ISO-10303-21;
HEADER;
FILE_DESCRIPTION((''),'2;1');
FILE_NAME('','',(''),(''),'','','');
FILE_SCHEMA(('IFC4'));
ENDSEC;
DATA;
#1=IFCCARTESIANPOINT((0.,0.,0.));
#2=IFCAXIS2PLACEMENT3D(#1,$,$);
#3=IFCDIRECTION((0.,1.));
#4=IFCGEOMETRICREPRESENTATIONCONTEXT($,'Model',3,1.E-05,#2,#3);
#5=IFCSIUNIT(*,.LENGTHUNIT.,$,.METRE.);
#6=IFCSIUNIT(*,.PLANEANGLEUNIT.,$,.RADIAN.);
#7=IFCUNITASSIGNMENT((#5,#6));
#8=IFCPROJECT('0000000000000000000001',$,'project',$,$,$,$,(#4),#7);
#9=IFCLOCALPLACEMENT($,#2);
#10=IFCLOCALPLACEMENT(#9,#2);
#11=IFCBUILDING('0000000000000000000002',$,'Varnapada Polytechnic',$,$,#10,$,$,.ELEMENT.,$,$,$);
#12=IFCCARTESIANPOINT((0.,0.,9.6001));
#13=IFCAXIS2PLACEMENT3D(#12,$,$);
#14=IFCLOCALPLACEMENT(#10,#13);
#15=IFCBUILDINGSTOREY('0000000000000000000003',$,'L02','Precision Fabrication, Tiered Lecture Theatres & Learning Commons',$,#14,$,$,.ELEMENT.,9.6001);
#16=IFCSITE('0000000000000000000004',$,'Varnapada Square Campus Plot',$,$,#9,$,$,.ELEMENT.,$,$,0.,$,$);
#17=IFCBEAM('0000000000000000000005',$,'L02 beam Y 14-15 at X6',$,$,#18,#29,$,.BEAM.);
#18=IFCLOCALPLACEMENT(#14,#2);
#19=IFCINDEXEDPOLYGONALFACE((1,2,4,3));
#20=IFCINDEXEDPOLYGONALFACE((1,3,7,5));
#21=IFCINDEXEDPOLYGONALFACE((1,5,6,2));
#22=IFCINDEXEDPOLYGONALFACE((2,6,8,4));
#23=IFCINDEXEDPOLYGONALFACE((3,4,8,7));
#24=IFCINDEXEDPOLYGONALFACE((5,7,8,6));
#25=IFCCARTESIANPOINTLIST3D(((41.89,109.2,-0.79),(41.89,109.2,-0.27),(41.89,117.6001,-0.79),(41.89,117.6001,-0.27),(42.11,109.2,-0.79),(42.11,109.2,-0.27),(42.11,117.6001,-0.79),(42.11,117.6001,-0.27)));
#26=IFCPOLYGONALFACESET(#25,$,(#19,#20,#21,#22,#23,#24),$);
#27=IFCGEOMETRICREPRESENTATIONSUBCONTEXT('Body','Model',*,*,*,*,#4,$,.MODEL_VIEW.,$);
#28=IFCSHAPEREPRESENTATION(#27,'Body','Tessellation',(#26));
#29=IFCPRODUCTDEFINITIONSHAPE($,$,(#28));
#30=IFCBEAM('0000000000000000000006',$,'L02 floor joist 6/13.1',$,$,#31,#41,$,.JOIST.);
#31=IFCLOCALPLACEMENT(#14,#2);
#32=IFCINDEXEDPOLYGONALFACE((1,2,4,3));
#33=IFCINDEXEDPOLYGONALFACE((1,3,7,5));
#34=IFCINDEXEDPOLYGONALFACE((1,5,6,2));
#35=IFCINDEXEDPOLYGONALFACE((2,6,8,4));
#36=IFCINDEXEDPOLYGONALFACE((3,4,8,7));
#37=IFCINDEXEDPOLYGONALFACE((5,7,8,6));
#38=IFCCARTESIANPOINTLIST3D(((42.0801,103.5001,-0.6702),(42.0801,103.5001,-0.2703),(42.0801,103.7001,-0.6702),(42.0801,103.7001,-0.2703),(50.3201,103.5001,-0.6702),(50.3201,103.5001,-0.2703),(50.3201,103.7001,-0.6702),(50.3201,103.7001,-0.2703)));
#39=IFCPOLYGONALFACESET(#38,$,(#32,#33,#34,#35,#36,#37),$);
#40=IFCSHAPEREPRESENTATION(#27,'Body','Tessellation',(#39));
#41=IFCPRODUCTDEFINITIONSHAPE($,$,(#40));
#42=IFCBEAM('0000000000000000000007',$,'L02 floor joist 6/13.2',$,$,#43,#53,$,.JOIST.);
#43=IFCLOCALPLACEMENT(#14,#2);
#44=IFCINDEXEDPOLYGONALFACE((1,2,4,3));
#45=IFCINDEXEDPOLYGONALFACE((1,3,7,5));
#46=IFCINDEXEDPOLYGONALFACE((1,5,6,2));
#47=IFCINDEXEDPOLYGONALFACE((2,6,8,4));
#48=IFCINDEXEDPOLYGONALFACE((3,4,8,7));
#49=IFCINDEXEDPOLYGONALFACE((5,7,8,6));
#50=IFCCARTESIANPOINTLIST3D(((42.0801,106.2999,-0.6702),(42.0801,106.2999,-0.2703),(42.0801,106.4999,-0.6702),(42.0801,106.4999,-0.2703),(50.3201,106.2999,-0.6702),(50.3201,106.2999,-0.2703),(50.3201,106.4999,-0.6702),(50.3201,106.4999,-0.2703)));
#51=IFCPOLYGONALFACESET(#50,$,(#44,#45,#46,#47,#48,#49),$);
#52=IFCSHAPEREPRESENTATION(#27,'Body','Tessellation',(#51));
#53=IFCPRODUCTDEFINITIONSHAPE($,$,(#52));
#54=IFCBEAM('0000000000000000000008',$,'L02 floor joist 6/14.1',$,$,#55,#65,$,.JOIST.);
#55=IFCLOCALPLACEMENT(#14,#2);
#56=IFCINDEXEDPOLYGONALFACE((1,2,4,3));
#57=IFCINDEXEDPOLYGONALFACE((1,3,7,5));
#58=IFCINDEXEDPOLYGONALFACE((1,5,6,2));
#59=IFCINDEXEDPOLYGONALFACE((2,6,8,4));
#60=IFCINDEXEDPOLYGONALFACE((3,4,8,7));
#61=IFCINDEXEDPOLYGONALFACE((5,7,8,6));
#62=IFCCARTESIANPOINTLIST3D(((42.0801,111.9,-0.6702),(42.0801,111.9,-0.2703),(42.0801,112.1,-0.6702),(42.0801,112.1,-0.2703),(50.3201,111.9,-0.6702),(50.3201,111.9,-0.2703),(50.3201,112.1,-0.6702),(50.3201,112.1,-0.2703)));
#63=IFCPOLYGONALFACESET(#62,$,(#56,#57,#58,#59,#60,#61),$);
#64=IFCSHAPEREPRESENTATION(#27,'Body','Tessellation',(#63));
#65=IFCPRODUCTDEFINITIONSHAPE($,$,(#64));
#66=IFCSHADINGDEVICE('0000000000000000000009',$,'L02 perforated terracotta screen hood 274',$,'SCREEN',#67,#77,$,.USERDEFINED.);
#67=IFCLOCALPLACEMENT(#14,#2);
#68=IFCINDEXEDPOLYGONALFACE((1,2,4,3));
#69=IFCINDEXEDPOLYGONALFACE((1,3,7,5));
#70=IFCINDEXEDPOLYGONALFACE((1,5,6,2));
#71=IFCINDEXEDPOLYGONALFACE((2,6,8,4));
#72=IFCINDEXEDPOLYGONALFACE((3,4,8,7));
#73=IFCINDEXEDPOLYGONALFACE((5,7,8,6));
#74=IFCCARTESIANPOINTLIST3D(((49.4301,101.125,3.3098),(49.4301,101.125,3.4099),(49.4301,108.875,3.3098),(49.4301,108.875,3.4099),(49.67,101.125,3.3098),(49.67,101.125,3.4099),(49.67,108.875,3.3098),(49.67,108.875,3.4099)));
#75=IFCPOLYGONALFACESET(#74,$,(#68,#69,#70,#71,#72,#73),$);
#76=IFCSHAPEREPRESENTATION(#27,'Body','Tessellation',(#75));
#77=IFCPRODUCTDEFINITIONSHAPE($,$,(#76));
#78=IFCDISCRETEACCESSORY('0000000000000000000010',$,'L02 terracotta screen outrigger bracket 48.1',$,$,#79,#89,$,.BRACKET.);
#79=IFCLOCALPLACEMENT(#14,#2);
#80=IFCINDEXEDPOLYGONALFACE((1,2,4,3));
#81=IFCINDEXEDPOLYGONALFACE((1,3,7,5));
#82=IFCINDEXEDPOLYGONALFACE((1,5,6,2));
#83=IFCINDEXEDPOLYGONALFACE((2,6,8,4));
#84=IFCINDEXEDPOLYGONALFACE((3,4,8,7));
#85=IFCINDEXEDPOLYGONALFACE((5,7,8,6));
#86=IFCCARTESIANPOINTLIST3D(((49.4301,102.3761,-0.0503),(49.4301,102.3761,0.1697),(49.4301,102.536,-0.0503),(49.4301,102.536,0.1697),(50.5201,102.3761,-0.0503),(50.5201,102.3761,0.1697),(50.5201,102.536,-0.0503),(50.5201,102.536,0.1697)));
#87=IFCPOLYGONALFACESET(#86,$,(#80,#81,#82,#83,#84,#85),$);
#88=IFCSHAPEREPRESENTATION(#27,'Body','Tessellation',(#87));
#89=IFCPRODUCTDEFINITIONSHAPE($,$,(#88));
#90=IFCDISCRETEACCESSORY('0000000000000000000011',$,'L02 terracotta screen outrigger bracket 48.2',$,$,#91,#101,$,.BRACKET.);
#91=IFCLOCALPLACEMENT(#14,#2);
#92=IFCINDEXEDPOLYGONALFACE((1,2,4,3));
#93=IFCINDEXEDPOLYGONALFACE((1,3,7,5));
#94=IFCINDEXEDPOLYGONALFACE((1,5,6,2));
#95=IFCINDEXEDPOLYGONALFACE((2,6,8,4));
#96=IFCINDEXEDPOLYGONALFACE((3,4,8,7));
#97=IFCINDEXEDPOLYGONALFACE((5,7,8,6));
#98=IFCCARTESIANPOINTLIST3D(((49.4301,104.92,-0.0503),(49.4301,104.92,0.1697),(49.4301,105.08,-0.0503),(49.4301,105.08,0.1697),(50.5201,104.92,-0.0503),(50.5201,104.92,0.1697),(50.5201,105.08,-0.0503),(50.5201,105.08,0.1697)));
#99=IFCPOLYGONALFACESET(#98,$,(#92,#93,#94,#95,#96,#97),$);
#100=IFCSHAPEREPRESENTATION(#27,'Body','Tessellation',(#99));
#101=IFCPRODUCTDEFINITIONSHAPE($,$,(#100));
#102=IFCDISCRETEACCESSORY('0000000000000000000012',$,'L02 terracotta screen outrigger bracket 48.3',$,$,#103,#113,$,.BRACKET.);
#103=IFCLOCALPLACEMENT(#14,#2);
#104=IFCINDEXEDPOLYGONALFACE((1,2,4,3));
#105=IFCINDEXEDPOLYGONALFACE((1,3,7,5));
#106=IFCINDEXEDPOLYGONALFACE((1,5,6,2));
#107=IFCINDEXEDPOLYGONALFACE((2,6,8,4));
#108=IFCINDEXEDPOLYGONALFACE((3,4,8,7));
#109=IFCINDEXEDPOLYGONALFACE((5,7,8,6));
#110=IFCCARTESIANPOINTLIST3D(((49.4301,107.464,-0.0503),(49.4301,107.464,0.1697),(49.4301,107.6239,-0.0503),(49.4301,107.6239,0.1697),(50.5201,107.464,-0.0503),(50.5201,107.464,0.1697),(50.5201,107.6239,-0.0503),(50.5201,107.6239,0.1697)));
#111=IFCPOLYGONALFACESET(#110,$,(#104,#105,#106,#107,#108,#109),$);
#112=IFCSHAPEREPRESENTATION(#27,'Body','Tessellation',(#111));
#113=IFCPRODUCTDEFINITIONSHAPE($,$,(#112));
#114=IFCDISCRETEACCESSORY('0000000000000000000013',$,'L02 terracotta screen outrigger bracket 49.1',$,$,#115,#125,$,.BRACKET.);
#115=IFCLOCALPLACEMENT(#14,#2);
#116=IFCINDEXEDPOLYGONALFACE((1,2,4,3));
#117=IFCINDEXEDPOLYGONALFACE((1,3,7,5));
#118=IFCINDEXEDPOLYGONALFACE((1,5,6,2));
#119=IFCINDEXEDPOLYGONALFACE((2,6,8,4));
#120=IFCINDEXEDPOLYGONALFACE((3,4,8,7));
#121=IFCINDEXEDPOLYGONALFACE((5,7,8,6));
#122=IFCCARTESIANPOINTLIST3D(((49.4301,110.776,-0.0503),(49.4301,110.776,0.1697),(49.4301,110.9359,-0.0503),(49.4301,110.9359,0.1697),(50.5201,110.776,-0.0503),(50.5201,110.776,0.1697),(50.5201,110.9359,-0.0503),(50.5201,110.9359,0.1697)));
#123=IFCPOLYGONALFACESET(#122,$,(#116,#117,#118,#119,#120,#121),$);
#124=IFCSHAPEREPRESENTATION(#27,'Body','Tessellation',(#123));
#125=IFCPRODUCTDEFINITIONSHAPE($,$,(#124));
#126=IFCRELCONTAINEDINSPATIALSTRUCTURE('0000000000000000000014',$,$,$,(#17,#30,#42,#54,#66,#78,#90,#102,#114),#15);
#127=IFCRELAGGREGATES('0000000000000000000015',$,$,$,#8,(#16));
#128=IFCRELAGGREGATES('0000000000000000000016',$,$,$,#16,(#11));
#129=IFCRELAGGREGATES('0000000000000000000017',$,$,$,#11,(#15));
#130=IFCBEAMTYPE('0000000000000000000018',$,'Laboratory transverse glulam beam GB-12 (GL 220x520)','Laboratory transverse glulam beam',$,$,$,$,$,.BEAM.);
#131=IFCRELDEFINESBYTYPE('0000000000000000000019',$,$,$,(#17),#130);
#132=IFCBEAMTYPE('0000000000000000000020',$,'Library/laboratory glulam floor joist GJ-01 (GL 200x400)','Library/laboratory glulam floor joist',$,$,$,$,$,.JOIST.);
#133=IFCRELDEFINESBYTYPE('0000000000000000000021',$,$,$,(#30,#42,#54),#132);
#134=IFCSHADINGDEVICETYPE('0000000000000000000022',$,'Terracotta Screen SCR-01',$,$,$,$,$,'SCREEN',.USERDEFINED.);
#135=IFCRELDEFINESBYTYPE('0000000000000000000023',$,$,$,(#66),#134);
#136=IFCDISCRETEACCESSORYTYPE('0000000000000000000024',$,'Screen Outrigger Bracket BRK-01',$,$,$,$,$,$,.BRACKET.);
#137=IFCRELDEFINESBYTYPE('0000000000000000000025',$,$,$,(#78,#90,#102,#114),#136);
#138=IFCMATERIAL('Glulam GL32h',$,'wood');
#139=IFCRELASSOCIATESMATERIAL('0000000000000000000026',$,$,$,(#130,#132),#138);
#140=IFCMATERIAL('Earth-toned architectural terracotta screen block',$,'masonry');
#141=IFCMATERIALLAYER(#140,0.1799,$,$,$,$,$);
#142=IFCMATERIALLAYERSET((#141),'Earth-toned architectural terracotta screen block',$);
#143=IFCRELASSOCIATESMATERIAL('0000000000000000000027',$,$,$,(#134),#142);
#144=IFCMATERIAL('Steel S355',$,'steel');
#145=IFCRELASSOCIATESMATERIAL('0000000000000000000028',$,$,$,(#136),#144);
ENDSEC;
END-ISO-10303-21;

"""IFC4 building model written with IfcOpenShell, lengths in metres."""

from ifc_helpers import new_model, si_unit, direction, frame, origin, origin_2d, place, context, subcontext, project, spatial, rectangle, extrude, material, layer, layer_set, material_profile, profile_set, type_object, element, save


model = new_model("IFC4")

# Units and contexts
model_context = context("Model", 3, precision=1e-05, world=origin(), true_north=direction((0.0, 1.0)))
body_context = subcontext(model_context, "Body", "Model", "MODEL_VIEW")
ifc_project = project(units=[si_unit("LENGTHUNIT", "METRE"), si_unit("PLANEANGLEUNIT", "RADIAN")], contexts=[model_context])

# Site, building, storey
site_placement = place(None, origin())
site = spatial("IfcSite", under=ifc_project, at=site_placement, Name="Varnapada Square Campus Plot", CompositionType="ELEMENT", RefElevation=0.0)
building_placement = place(site_placement, origin())
building = spatial("IfcBuilding", under=site, at=building_placement, Name="Varnapada Polytechnic", CompositionType="ELEMENT")
storey_placement = place(building_placement, frame((0.0, 0.0, 9.6001)))
storey = spatial("IfcBuildingStorey", under=building, at=storey_placement, Name="L02", Description="Precision Fabrication, Tiered Lecture Theatres & Learning Commons", CompositionType="ELEMENT", Elevation=9.6001)

# Beams
ifc_material_1 = material(Name="Glulam GL32h", Category="wood")
ifc_material_profile_1 = material_profile(ifc_material_1, rectangle(XDim=0.22, YDim=0.52, at=origin_2d()), Name="GL 220x520")
ifc_profile_set_1 = profile_set([ifc_material_profile_1], Name="Glulam GL32h")
beam_type_1 = type_object("IfcBeamType", Name="Laboratory transverse glulam beam GB-12 (GL 220x520)", Description="Laboratory transverse glulam beam", PredefinedType="BEAM", material=ifc_profile_set_1)
beam_placement = place(storey_placement, frame((42.0, 109.2, -0.53), z_axis=(0.0, 1.0, 0.0), x_axis=(-1.0, 0.0, 0.0)))
element("IfcBeam", 1, at=beam_placement, inside=storey, type_object=beam_type_1, Name="L02 beam Y 14-15 at X6", PredefinedType="BEAM", context=body_context, shape_type="SweptSolid", body=[
    extrude(rectangle(XDim=0.22, YDim=0.52, at=origin_2d()), origin(), (0.0, 0.0, 1.0), 8.4001),
])
ifc_material_profile_2 = material_profile(ifc_material_1, rectangle(XDim=0.2, YDim=0.3999, at=origin_2d()), Name="GL 200x400")
ifc_profile_set_2 = profile_set([ifc_material_profile_2], Name="Glulam GL32h")
beam_type_2 = type_object("IfcBeamType", Name="Library/laboratory glulam floor joist GJ-01 (GL 200x400)", Description="Library/laboratory glulam floor joist", PredefinedType="JOIST", material=ifc_profile_set_2)
for number, where, z_axis, x_axis, name in (
    (2, (42.0801, 103.6001, -0.4702), (1.0, 0.0, 0.0), (0.0, 1.0, 0.0), "L02 floor joist 6/13.1"),
    (3, (42.0801, 106.3999, -0.4702), (1.0, 0.0, 0.0), (0.0, 1.0, 0.0), "L02 floor joist 6/13.2"),
    (4, (42.0801, 112.0, -0.4702), (1.0, 0.0, 0.0), (0.0, 1.0, 0.0), "L02 floor joist 6/14.1"),
):
    element("IfcBeam", number, at=place(storey_placement, frame(where, z_axis=z_axis, x_axis=x_axis)), inside=storey, type_object=beam_type_2, Name=name, PredefinedType="JOIST", context=body_context, shape_type="SweptSolid", body=[
        extrude(rectangle(XDim=0.2, YDim=0.3999, at=origin_2d()), origin(), (0.0, 0.0, 1.0), 8.24),
    ])

# Shared definitions
ifc_material_2 = material(Name="Earth-toned architectural terracotta screen block", Category="masonry")

# Shading device
ifc_layer_1 = layer(ifc_material_2, 0.1799)
ifc_layer_set_1 = layer_set([ifc_layer_1], Name="Earth-toned architectural terracotta screen block")
shading_device_type = type_object("IfcShadingDeviceType", Name="Terracotta Screen SCR-01", ElementType="SCREEN", PredefinedType="USERDEFINED", material=ifc_layer_set_1)
shading_device_placement = place(storey_placement, frame((49.55, 105.0, 3.3098), z_axis=(0.0, 0.0, 1.0), x_axis=(0.0, 1.0, 0.0)))
element("IfcShadingDevice", 5, at=shading_device_placement, inside=storey, type_object=shading_device_type, Name="L02 perforated terracotta screen hood 274", ObjectType="SCREEN", PredefinedType="USERDEFINED", context=body_context, shape_type="SweptSolid", body=[
    extrude(rectangle(XDim=7.75, YDim=0.24, at=origin_2d()), origin(), (0.0, 0.0, 1.0), 0.1001),
])

# Discrete accessories
ifc_material_3 = material(Name="Steel S355", Category="steel")
discrete_accessory_type = type_object("IfcDiscreteAccessoryType", Name="Screen Outrigger Bracket BRK-01", PredefinedType="BRACKET", material=ifc_material_3)
for number, where, z_axis, x_axis, name in (
    (6, (49.9751, 102.4561, -0.0503), (0.0, 0.0, 1.0), (0.0, 1.0, 0.0), "L02 terracotta screen outrigger bracket 48.1"),
    (7, (49.9751, 105.0, -0.0503), (0.0, 0.0, 1.0), (0.0, 1.0, 0.0), "L02 terracotta screen outrigger bracket 48.2"),
    (8, (49.9751, 107.5439, -0.0503), (0.0, 0.0, 1.0), (0.0, 1.0, 0.0), "L02 terracotta screen outrigger bracket 48.3"),
    (9, (49.9751, 110.856, -0.0503), (0.0, 0.0, 1.0), (0.0, 1.0, 0.0), "L02 terracotta screen outrigger bracket 49.1"),
):
    element("IfcDiscreteAccessory", number, at=place(storey_placement, frame(where, z_axis=z_axis, x_axis=x_axis)), inside=storey, type_object=discrete_accessory_type, Name=name, PredefinedType="BRACKET", context=body_context, shape_type="SweptSolid", body=[
        extrude(rectangle(XDim=0.1599, YDim=1.0901, at=origin_2d()), origin(), (0.0, 0.0, 1.0), 0.22),
    ])

save(model, "model.ifc")
